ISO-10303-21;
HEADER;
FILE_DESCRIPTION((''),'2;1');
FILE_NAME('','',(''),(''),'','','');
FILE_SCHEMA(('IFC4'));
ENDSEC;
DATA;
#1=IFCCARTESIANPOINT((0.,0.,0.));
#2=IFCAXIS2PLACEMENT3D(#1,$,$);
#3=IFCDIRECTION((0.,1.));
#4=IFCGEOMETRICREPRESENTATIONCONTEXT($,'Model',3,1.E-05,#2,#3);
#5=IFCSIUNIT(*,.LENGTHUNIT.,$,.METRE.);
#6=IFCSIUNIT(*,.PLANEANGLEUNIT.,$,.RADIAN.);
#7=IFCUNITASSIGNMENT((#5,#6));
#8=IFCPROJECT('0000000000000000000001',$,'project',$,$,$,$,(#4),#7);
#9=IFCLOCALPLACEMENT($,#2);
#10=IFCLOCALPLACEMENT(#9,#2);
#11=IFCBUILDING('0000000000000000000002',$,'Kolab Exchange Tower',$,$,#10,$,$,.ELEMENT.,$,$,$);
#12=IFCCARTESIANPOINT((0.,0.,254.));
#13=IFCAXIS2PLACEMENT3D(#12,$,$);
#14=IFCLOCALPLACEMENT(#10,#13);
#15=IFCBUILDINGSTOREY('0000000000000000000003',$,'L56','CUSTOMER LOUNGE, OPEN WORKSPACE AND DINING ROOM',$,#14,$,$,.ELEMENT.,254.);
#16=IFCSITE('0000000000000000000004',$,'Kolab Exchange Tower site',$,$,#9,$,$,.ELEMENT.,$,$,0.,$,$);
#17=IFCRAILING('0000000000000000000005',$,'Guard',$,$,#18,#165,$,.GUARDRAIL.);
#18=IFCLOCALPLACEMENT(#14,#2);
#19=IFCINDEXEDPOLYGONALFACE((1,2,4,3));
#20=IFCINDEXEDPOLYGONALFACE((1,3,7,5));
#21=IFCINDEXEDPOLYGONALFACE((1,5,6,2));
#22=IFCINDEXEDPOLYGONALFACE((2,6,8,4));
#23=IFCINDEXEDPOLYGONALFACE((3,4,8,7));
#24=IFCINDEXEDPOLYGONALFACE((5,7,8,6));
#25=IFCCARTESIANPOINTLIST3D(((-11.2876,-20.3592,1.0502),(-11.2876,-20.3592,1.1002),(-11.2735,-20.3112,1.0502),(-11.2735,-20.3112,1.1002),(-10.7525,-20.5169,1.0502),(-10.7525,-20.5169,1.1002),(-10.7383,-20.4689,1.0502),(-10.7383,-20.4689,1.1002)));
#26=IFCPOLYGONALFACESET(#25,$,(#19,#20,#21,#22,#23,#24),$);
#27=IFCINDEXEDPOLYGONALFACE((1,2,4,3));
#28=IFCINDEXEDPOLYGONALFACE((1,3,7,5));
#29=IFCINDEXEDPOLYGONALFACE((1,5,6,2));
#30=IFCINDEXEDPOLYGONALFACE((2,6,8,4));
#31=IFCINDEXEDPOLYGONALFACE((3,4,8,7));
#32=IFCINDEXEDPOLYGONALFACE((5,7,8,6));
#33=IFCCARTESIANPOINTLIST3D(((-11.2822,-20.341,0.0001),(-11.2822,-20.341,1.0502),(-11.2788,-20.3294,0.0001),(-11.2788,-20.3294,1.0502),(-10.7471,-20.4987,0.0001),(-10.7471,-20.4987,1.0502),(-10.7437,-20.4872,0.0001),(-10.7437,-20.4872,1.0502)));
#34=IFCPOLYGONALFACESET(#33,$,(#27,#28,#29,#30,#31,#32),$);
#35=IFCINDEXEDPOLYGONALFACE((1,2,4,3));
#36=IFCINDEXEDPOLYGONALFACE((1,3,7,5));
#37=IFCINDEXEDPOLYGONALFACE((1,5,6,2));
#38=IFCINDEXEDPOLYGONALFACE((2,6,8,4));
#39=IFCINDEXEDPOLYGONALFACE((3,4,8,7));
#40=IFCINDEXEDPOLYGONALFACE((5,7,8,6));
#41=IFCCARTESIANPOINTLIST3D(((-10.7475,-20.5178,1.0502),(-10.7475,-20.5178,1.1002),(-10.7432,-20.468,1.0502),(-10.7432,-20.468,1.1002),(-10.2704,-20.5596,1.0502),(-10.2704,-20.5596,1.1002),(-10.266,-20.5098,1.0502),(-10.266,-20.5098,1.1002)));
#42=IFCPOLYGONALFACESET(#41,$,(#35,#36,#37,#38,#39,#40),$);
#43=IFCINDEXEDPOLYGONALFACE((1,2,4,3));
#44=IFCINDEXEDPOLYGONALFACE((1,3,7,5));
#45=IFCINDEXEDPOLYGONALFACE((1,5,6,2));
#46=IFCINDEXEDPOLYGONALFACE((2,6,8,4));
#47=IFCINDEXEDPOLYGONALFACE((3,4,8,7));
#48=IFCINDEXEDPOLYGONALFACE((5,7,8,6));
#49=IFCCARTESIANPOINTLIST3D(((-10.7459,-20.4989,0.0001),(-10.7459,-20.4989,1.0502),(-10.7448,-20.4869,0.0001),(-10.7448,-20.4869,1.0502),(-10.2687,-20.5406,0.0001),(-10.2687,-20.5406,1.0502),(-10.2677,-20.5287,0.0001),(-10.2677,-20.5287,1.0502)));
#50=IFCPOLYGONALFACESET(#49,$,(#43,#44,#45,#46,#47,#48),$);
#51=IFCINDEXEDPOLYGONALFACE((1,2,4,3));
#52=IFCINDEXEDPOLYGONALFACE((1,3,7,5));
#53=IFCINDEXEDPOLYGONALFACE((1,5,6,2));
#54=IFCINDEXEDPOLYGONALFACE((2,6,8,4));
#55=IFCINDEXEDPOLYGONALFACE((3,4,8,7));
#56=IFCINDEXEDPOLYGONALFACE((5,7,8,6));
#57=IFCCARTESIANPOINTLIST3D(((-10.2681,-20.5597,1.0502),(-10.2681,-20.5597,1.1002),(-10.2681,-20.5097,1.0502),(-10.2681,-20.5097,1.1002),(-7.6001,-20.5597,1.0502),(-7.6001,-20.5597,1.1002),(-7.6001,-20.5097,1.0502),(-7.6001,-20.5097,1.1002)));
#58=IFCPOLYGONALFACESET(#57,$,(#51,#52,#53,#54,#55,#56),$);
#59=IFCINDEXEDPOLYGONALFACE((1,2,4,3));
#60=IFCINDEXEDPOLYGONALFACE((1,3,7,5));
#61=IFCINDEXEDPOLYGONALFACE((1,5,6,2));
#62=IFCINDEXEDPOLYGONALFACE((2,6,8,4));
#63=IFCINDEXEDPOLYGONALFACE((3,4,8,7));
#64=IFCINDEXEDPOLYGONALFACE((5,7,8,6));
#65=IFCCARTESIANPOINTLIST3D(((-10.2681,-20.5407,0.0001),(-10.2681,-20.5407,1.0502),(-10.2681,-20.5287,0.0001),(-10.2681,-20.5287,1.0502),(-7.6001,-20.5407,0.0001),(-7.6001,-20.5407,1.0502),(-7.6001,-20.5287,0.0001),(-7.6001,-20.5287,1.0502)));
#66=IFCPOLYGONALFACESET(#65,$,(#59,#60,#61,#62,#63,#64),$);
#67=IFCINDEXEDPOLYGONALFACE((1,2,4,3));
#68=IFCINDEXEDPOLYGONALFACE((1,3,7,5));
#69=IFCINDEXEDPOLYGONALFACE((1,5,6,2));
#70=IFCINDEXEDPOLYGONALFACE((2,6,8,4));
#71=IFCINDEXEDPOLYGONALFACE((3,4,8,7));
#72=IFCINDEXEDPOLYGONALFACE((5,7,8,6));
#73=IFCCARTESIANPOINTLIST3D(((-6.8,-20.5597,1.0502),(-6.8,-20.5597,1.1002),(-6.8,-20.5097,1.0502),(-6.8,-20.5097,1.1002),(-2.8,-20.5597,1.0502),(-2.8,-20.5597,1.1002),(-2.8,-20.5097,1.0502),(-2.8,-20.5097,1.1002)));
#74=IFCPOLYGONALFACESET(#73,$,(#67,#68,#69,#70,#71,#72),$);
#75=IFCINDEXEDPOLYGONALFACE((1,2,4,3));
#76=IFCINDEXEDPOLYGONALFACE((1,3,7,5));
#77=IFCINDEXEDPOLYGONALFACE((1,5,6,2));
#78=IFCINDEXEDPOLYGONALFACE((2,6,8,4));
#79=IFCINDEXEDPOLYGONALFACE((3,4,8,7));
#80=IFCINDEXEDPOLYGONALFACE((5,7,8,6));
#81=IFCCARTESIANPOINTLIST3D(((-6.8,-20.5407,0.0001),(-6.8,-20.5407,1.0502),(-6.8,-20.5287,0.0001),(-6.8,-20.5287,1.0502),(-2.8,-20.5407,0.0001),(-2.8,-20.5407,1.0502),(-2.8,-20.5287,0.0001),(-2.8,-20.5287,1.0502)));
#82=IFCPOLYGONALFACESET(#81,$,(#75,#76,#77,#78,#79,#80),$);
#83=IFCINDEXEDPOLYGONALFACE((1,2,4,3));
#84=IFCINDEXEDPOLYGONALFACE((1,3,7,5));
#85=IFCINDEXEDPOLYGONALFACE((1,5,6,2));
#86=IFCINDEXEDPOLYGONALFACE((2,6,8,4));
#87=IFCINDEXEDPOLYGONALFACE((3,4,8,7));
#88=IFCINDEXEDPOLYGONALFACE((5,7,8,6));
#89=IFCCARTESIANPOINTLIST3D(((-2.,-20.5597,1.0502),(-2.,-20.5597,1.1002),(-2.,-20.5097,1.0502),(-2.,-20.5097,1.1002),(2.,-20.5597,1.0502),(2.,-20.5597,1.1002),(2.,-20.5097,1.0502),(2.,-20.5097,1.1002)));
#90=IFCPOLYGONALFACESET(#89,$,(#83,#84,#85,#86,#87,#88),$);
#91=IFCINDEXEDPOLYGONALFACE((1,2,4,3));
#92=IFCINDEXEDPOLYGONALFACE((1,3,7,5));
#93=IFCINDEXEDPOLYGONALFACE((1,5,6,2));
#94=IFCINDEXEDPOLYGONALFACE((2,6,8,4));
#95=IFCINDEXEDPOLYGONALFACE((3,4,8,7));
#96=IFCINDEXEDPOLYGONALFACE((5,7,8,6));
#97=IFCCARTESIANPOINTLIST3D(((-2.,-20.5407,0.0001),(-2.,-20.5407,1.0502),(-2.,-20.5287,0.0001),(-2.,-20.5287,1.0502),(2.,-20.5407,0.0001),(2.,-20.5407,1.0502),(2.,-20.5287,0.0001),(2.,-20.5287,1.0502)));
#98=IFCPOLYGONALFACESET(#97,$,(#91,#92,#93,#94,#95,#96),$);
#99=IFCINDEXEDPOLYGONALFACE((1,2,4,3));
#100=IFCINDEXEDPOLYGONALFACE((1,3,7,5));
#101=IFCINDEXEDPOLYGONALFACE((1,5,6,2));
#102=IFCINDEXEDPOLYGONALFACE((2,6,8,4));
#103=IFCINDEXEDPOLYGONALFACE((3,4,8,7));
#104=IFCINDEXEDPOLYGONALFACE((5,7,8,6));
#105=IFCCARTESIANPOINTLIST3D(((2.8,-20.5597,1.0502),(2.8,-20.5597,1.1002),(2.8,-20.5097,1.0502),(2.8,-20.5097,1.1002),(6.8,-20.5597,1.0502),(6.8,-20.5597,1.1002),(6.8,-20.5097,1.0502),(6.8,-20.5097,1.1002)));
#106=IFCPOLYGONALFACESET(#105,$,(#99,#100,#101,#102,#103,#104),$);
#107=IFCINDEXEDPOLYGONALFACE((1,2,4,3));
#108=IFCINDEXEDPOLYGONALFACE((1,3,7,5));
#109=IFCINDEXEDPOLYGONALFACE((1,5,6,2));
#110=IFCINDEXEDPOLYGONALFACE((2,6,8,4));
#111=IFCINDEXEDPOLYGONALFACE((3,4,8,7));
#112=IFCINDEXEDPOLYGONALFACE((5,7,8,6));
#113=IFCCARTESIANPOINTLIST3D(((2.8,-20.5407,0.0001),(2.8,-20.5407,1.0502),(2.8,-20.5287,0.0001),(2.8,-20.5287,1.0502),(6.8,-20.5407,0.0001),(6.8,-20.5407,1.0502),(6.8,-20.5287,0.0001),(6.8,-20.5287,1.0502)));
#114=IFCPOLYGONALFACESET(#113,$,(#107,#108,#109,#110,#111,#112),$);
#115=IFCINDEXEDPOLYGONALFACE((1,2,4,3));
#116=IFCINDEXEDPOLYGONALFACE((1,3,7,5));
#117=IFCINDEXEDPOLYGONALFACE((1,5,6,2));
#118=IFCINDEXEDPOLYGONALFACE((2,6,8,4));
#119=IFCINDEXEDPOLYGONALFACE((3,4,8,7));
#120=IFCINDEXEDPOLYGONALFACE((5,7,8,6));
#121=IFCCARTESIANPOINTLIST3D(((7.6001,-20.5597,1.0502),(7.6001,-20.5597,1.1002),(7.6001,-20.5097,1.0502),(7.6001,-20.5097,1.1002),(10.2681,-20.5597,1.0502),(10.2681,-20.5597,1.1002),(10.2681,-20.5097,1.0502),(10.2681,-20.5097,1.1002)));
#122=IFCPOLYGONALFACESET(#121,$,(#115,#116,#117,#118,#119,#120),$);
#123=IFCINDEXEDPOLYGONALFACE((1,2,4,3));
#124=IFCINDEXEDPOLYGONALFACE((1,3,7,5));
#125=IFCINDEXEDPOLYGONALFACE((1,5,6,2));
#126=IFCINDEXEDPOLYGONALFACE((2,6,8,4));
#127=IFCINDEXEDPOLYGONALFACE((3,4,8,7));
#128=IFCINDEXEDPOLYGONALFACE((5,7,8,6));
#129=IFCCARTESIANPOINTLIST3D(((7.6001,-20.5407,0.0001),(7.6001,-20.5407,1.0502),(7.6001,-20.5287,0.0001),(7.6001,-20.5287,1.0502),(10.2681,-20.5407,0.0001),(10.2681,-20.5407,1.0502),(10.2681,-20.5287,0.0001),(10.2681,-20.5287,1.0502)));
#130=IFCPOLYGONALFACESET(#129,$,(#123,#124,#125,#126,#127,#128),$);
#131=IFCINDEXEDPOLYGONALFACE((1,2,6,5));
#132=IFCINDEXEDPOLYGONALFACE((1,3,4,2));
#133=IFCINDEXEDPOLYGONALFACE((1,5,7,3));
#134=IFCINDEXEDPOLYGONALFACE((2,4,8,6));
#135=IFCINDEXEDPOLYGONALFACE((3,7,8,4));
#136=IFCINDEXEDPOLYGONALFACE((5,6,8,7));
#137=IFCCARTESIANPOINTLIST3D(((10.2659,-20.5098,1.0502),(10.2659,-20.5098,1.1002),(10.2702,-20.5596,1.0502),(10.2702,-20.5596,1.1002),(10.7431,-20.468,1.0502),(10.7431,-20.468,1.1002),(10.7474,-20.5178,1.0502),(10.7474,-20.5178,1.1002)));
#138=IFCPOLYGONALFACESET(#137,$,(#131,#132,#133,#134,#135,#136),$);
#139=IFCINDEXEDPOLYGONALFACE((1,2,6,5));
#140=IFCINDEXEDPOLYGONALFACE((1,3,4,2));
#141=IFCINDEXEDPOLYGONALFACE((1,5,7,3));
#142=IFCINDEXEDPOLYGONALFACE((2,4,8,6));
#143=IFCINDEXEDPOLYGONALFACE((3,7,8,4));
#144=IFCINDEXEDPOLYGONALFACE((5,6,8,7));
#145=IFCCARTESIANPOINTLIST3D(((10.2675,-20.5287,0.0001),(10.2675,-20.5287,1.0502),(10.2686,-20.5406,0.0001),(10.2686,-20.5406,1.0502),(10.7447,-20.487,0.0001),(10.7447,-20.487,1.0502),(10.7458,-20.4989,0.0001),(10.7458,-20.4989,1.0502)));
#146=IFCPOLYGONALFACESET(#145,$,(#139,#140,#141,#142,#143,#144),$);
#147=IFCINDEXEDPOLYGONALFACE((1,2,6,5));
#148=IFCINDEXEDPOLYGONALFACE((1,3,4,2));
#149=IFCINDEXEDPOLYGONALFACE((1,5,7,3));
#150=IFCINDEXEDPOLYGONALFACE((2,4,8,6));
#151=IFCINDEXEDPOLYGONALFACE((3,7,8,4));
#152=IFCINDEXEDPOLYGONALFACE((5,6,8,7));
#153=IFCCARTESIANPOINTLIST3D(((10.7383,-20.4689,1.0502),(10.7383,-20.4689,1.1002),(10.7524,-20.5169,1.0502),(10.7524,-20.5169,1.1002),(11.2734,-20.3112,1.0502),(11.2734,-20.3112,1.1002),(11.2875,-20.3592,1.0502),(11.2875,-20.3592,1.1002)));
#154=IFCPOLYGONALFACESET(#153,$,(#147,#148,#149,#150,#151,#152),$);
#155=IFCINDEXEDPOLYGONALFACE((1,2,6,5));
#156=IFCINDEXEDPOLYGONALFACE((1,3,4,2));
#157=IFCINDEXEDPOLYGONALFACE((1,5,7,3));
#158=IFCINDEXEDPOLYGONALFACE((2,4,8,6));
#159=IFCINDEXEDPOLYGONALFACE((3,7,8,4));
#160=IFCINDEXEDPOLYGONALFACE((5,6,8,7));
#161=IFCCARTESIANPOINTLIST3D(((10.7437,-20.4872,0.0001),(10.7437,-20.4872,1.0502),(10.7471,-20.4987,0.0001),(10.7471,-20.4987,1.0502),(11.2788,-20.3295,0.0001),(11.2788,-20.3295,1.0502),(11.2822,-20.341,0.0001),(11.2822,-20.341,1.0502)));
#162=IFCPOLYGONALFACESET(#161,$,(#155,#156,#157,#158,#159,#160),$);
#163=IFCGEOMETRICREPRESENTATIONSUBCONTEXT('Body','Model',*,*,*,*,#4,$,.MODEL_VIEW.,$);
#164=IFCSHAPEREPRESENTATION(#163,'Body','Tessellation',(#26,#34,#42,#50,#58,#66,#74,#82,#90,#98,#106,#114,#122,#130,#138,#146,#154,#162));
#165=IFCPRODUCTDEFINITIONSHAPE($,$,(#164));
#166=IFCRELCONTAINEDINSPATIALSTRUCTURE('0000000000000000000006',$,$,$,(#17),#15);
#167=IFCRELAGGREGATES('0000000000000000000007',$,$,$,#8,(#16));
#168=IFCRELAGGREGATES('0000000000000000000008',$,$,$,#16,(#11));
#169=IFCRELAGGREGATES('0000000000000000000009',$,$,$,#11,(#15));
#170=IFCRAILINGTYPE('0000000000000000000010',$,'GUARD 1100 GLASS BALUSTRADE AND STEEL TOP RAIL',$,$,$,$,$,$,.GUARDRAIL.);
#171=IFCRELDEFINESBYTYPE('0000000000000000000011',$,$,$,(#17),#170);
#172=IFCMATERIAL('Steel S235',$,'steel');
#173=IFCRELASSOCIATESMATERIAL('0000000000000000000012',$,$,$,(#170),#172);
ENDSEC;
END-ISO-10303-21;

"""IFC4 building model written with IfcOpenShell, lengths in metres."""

from ifc_helpers import new_model, si_unit, direction, frame, frame_2d, origin, origin_2d, place, context, subcontext, project, spatial, rectangle, extrude, material, type_object, element, save


model = new_model("IFC4")

# Units and contexts
model_context = context("Model", 3, precision=1e-05, world=origin(), true_north=direction((0.0, 1.0)))
body_context = subcontext(model_context, "Body", "Model", "MODEL_VIEW")
ifc_project = project(units=[si_unit("LENGTHUNIT", "METRE"), si_unit("PLANEANGLEUNIT", "RADIAN")], contexts=[model_context])

# Site, building, storey
site_placement = place(None, origin())
site = spatial("IfcSite", under=ifc_project, at=site_placement, Name="Kolab Exchange Tower site", CompositionType="ELEMENT", RefElevation=0.0)
building_placement = place(site_placement, origin())
building = spatial("IfcBuilding", under=site, at=building_placement, Name="Kolab Exchange Tower", CompositionType="ELEMENT")
storey_placement = place(building_placement, frame((0.0, 0.0, 254.0)))
storey = spatial("IfcBuildingStorey", under=building, at=storey_placement, Name="L56", Description="CUSTOMER LOUNGE, OPEN WORKSPACE AND DINING ROOM", CompositionType="ELEMENT", Elevation=254.0)

# Railing
ifc_material_1 = material(Name="Steel S235", Category="steel")
railing_type = type_object("IfcRailingType", Name="GUARD 1100 GLASS BALUSTRADE AND STEEL TOP RAIL", PredefinedType="GUARDRAIL", material=ifc_material_1)
railing_placement = place(storey_placement, frame((-11.2805, -20.3352, 0.0)))
element("IfcRailing", 1, at=railing_placement, inside=storey, type_object=railing_type, Name="Guard", PredefinedType="GUARDRAIL", context=body_context, shape_type="SweptSolid", body=[
    extrude(rectangle(XDim=0.05, YDim=0.05, at=origin_2d()), frame((0.0, 0.0, 1.0752), z_axis=(0.959212, -0.282687, 0.0), x_axis=(0.282687, 0.959212, 0.0)), (0.0, 0.0, 1.0), 0.5579),
    extrude(rectangle(XDim=0.012, YDim=1.0501, at=frame_2d((0.0, 0.5251))), frame((0.0, 0.0, 0.0), z_axis=(0.959212, -0.282687, 0.0), x_axis=(0.282687, 0.959212, 0.0)), (0.0, 0.0, 1.0), 0.5579),
    extrude(rectangle(XDim=0.05, YDim=0.05, at=origin_2d()), frame((0.5352, -0.1577, 1.0752), z_axis=(0.996196, -0.087135, 0.0), x_axis=(0.087135, 0.996196, 0.0)), (0.0, 0.0, 1.0), 0.479),
    extrude(rectangle(XDim=0.012, YDim=1.0501, at=frame_2d((0.0, 0.5251))), frame((0.5352, -0.1577, 0.0), z_axis=(0.996196, -0.087135, 0.0), x_axis=(0.087135, 0.996196, 0.0)), (0.0, 0.0, 1.0), 0.479),
    extrude(rectangle(XDim=0.05, YDim=0.05, at=origin_2d()), frame((1.0125, -0.1995, 1.0752), z_axis=(1.0, 0.0, 0.0), x_axis=(0.0, 1.0, 0.0)), (0.0, 0.0, 1.0), 2.668),
    extrude(rectangle(XDim=0.012, YDim=1.0501, at=frame_2d((0.0, 0.5251))), frame((1.0125, -0.1995, 0.0), z_axis=(1.0, 0.0, 0.0), x_axis=(0.0, 1.0, 0.0)), (0.0, 0.0, 1.0), 2.668),
    extrude(rectangle(XDim=0.05, YDim=0.05, at=origin_2d()), frame((4.4805, -0.1995, 1.0752), z_axis=(1.0, 0.0, 0.0), x_axis=(0.0, 1.0, 0.0)), (0.0, 0.0, 1.0), 4.0),
    extrude(rectangle(XDim=0.012, YDim=1.0501, at=frame_2d((0.0, 0.5251))), frame((4.4805, -0.1995, 0.0), z_axis=(1.0, 0.0, 0.0), x_axis=(0.0, 1.0, 0.0)), (0.0, 0.0, 1.0), 4.0),
    extrude(rectangle(XDim=0.05, YDim=0.05, at=origin_2d()), frame((9.2805, -0.1995, 1.0752), z_axis=(1.0, 0.0, 0.0), x_axis=(0.0, 1.0, 0.0)), (0.0, 0.0, 1.0), 4.0),
    extrude(rectangle(XDim=0.012, YDim=1.0501, at=frame_2d((0.0, 0.5251))), frame((9.2805, -0.1995, 0.0), z_axis=(1.0, 0.0, 0.0), x_axis=(0.0, 1.0, 0.0)), (0.0, 0.0, 1.0), 4.0),
    extrude(rectangle(XDim=0.05, YDim=0.05, at=origin_2d()), frame((14.0806, -0.1995, 1.0752), z_axis=(1.0, 0.0, 0.0), x_axis=(0.0, 1.0, 0.0)), (0.0, 0.0, 1.0), 4.0),
    extrude(rectangle(XDim=0.012, YDim=1.0501, at=frame_2d((0.0, 0.5251))), frame((14.0806, -0.1995, 0.0), z_axis=(1.0, 0.0, 0.0), x_axis=(0.0, 1.0, 0.0)), (0.0, 0.0, 1.0), 4.0),
    extrude(rectangle(XDim=0.05, YDim=0.05, at=origin_2d()), frame((18.8806, -0.1995, 1.0752), z_axis=(1.0, 0.0, 0.0), x_axis=(0.0, 1.0, 0.0)), (0.0, 0.0, 1.0), 2.668),
    extrude(rectangle(XDim=0.012, YDim=1.0501, at=frame_2d((0.0, 0.5251))), frame((18.8806, -0.1995, 0.0), z_axis=(1.0, 0.0, 0.0), x_axis=(0.0, 1.0, 0.0)), (0.0, 0.0, 1.0), 2.668),
    extrude(rectangle(XDim=0.05, YDim=0.05, at=origin_2d()), frame((21.5486, -0.1995, 1.0752), z_axis=(0.996196, 0.087135, 0.0), x_axis=(-0.087135, 0.996196, 0.0)), (0.0, 0.0, 1.0), 0.479),
    extrude(rectangle(XDim=0.012, YDim=1.0501, at=frame_2d((0.0, 0.5251))), frame((21.5486, -0.1995, 0.0), z_axis=(0.996196, 0.087135, 0.0), x_axis=(-0.087135, 0.996196, 0.0)), (0.0, 0.0, 1.0), 0.479),
    extrude(rectangle(XDim=0.05, YDim=0.05, at=origin_2d()), frame((22.0259, -0.1577, 1.0752), z_axis=(0.959212, 0.282687, 0.0), x_axis=(-0.282687, 0.959212, 0.0)), (0.0, 0.0, 1.0), 0.5579),
    extrude(rectangle(XDim=0.012, YDim=1.0501, at=frame_2d((0.0, 0.5251))), frame((22.0259, -0.1577, 0.0), z_axis=(0.959212, 0.282687, 0.0), x_axis=(-0.282687, 0.959212, 0.0)), (0.0, 0.0, 1.0), 0.5579),
])

save(model, "model.ifc")
